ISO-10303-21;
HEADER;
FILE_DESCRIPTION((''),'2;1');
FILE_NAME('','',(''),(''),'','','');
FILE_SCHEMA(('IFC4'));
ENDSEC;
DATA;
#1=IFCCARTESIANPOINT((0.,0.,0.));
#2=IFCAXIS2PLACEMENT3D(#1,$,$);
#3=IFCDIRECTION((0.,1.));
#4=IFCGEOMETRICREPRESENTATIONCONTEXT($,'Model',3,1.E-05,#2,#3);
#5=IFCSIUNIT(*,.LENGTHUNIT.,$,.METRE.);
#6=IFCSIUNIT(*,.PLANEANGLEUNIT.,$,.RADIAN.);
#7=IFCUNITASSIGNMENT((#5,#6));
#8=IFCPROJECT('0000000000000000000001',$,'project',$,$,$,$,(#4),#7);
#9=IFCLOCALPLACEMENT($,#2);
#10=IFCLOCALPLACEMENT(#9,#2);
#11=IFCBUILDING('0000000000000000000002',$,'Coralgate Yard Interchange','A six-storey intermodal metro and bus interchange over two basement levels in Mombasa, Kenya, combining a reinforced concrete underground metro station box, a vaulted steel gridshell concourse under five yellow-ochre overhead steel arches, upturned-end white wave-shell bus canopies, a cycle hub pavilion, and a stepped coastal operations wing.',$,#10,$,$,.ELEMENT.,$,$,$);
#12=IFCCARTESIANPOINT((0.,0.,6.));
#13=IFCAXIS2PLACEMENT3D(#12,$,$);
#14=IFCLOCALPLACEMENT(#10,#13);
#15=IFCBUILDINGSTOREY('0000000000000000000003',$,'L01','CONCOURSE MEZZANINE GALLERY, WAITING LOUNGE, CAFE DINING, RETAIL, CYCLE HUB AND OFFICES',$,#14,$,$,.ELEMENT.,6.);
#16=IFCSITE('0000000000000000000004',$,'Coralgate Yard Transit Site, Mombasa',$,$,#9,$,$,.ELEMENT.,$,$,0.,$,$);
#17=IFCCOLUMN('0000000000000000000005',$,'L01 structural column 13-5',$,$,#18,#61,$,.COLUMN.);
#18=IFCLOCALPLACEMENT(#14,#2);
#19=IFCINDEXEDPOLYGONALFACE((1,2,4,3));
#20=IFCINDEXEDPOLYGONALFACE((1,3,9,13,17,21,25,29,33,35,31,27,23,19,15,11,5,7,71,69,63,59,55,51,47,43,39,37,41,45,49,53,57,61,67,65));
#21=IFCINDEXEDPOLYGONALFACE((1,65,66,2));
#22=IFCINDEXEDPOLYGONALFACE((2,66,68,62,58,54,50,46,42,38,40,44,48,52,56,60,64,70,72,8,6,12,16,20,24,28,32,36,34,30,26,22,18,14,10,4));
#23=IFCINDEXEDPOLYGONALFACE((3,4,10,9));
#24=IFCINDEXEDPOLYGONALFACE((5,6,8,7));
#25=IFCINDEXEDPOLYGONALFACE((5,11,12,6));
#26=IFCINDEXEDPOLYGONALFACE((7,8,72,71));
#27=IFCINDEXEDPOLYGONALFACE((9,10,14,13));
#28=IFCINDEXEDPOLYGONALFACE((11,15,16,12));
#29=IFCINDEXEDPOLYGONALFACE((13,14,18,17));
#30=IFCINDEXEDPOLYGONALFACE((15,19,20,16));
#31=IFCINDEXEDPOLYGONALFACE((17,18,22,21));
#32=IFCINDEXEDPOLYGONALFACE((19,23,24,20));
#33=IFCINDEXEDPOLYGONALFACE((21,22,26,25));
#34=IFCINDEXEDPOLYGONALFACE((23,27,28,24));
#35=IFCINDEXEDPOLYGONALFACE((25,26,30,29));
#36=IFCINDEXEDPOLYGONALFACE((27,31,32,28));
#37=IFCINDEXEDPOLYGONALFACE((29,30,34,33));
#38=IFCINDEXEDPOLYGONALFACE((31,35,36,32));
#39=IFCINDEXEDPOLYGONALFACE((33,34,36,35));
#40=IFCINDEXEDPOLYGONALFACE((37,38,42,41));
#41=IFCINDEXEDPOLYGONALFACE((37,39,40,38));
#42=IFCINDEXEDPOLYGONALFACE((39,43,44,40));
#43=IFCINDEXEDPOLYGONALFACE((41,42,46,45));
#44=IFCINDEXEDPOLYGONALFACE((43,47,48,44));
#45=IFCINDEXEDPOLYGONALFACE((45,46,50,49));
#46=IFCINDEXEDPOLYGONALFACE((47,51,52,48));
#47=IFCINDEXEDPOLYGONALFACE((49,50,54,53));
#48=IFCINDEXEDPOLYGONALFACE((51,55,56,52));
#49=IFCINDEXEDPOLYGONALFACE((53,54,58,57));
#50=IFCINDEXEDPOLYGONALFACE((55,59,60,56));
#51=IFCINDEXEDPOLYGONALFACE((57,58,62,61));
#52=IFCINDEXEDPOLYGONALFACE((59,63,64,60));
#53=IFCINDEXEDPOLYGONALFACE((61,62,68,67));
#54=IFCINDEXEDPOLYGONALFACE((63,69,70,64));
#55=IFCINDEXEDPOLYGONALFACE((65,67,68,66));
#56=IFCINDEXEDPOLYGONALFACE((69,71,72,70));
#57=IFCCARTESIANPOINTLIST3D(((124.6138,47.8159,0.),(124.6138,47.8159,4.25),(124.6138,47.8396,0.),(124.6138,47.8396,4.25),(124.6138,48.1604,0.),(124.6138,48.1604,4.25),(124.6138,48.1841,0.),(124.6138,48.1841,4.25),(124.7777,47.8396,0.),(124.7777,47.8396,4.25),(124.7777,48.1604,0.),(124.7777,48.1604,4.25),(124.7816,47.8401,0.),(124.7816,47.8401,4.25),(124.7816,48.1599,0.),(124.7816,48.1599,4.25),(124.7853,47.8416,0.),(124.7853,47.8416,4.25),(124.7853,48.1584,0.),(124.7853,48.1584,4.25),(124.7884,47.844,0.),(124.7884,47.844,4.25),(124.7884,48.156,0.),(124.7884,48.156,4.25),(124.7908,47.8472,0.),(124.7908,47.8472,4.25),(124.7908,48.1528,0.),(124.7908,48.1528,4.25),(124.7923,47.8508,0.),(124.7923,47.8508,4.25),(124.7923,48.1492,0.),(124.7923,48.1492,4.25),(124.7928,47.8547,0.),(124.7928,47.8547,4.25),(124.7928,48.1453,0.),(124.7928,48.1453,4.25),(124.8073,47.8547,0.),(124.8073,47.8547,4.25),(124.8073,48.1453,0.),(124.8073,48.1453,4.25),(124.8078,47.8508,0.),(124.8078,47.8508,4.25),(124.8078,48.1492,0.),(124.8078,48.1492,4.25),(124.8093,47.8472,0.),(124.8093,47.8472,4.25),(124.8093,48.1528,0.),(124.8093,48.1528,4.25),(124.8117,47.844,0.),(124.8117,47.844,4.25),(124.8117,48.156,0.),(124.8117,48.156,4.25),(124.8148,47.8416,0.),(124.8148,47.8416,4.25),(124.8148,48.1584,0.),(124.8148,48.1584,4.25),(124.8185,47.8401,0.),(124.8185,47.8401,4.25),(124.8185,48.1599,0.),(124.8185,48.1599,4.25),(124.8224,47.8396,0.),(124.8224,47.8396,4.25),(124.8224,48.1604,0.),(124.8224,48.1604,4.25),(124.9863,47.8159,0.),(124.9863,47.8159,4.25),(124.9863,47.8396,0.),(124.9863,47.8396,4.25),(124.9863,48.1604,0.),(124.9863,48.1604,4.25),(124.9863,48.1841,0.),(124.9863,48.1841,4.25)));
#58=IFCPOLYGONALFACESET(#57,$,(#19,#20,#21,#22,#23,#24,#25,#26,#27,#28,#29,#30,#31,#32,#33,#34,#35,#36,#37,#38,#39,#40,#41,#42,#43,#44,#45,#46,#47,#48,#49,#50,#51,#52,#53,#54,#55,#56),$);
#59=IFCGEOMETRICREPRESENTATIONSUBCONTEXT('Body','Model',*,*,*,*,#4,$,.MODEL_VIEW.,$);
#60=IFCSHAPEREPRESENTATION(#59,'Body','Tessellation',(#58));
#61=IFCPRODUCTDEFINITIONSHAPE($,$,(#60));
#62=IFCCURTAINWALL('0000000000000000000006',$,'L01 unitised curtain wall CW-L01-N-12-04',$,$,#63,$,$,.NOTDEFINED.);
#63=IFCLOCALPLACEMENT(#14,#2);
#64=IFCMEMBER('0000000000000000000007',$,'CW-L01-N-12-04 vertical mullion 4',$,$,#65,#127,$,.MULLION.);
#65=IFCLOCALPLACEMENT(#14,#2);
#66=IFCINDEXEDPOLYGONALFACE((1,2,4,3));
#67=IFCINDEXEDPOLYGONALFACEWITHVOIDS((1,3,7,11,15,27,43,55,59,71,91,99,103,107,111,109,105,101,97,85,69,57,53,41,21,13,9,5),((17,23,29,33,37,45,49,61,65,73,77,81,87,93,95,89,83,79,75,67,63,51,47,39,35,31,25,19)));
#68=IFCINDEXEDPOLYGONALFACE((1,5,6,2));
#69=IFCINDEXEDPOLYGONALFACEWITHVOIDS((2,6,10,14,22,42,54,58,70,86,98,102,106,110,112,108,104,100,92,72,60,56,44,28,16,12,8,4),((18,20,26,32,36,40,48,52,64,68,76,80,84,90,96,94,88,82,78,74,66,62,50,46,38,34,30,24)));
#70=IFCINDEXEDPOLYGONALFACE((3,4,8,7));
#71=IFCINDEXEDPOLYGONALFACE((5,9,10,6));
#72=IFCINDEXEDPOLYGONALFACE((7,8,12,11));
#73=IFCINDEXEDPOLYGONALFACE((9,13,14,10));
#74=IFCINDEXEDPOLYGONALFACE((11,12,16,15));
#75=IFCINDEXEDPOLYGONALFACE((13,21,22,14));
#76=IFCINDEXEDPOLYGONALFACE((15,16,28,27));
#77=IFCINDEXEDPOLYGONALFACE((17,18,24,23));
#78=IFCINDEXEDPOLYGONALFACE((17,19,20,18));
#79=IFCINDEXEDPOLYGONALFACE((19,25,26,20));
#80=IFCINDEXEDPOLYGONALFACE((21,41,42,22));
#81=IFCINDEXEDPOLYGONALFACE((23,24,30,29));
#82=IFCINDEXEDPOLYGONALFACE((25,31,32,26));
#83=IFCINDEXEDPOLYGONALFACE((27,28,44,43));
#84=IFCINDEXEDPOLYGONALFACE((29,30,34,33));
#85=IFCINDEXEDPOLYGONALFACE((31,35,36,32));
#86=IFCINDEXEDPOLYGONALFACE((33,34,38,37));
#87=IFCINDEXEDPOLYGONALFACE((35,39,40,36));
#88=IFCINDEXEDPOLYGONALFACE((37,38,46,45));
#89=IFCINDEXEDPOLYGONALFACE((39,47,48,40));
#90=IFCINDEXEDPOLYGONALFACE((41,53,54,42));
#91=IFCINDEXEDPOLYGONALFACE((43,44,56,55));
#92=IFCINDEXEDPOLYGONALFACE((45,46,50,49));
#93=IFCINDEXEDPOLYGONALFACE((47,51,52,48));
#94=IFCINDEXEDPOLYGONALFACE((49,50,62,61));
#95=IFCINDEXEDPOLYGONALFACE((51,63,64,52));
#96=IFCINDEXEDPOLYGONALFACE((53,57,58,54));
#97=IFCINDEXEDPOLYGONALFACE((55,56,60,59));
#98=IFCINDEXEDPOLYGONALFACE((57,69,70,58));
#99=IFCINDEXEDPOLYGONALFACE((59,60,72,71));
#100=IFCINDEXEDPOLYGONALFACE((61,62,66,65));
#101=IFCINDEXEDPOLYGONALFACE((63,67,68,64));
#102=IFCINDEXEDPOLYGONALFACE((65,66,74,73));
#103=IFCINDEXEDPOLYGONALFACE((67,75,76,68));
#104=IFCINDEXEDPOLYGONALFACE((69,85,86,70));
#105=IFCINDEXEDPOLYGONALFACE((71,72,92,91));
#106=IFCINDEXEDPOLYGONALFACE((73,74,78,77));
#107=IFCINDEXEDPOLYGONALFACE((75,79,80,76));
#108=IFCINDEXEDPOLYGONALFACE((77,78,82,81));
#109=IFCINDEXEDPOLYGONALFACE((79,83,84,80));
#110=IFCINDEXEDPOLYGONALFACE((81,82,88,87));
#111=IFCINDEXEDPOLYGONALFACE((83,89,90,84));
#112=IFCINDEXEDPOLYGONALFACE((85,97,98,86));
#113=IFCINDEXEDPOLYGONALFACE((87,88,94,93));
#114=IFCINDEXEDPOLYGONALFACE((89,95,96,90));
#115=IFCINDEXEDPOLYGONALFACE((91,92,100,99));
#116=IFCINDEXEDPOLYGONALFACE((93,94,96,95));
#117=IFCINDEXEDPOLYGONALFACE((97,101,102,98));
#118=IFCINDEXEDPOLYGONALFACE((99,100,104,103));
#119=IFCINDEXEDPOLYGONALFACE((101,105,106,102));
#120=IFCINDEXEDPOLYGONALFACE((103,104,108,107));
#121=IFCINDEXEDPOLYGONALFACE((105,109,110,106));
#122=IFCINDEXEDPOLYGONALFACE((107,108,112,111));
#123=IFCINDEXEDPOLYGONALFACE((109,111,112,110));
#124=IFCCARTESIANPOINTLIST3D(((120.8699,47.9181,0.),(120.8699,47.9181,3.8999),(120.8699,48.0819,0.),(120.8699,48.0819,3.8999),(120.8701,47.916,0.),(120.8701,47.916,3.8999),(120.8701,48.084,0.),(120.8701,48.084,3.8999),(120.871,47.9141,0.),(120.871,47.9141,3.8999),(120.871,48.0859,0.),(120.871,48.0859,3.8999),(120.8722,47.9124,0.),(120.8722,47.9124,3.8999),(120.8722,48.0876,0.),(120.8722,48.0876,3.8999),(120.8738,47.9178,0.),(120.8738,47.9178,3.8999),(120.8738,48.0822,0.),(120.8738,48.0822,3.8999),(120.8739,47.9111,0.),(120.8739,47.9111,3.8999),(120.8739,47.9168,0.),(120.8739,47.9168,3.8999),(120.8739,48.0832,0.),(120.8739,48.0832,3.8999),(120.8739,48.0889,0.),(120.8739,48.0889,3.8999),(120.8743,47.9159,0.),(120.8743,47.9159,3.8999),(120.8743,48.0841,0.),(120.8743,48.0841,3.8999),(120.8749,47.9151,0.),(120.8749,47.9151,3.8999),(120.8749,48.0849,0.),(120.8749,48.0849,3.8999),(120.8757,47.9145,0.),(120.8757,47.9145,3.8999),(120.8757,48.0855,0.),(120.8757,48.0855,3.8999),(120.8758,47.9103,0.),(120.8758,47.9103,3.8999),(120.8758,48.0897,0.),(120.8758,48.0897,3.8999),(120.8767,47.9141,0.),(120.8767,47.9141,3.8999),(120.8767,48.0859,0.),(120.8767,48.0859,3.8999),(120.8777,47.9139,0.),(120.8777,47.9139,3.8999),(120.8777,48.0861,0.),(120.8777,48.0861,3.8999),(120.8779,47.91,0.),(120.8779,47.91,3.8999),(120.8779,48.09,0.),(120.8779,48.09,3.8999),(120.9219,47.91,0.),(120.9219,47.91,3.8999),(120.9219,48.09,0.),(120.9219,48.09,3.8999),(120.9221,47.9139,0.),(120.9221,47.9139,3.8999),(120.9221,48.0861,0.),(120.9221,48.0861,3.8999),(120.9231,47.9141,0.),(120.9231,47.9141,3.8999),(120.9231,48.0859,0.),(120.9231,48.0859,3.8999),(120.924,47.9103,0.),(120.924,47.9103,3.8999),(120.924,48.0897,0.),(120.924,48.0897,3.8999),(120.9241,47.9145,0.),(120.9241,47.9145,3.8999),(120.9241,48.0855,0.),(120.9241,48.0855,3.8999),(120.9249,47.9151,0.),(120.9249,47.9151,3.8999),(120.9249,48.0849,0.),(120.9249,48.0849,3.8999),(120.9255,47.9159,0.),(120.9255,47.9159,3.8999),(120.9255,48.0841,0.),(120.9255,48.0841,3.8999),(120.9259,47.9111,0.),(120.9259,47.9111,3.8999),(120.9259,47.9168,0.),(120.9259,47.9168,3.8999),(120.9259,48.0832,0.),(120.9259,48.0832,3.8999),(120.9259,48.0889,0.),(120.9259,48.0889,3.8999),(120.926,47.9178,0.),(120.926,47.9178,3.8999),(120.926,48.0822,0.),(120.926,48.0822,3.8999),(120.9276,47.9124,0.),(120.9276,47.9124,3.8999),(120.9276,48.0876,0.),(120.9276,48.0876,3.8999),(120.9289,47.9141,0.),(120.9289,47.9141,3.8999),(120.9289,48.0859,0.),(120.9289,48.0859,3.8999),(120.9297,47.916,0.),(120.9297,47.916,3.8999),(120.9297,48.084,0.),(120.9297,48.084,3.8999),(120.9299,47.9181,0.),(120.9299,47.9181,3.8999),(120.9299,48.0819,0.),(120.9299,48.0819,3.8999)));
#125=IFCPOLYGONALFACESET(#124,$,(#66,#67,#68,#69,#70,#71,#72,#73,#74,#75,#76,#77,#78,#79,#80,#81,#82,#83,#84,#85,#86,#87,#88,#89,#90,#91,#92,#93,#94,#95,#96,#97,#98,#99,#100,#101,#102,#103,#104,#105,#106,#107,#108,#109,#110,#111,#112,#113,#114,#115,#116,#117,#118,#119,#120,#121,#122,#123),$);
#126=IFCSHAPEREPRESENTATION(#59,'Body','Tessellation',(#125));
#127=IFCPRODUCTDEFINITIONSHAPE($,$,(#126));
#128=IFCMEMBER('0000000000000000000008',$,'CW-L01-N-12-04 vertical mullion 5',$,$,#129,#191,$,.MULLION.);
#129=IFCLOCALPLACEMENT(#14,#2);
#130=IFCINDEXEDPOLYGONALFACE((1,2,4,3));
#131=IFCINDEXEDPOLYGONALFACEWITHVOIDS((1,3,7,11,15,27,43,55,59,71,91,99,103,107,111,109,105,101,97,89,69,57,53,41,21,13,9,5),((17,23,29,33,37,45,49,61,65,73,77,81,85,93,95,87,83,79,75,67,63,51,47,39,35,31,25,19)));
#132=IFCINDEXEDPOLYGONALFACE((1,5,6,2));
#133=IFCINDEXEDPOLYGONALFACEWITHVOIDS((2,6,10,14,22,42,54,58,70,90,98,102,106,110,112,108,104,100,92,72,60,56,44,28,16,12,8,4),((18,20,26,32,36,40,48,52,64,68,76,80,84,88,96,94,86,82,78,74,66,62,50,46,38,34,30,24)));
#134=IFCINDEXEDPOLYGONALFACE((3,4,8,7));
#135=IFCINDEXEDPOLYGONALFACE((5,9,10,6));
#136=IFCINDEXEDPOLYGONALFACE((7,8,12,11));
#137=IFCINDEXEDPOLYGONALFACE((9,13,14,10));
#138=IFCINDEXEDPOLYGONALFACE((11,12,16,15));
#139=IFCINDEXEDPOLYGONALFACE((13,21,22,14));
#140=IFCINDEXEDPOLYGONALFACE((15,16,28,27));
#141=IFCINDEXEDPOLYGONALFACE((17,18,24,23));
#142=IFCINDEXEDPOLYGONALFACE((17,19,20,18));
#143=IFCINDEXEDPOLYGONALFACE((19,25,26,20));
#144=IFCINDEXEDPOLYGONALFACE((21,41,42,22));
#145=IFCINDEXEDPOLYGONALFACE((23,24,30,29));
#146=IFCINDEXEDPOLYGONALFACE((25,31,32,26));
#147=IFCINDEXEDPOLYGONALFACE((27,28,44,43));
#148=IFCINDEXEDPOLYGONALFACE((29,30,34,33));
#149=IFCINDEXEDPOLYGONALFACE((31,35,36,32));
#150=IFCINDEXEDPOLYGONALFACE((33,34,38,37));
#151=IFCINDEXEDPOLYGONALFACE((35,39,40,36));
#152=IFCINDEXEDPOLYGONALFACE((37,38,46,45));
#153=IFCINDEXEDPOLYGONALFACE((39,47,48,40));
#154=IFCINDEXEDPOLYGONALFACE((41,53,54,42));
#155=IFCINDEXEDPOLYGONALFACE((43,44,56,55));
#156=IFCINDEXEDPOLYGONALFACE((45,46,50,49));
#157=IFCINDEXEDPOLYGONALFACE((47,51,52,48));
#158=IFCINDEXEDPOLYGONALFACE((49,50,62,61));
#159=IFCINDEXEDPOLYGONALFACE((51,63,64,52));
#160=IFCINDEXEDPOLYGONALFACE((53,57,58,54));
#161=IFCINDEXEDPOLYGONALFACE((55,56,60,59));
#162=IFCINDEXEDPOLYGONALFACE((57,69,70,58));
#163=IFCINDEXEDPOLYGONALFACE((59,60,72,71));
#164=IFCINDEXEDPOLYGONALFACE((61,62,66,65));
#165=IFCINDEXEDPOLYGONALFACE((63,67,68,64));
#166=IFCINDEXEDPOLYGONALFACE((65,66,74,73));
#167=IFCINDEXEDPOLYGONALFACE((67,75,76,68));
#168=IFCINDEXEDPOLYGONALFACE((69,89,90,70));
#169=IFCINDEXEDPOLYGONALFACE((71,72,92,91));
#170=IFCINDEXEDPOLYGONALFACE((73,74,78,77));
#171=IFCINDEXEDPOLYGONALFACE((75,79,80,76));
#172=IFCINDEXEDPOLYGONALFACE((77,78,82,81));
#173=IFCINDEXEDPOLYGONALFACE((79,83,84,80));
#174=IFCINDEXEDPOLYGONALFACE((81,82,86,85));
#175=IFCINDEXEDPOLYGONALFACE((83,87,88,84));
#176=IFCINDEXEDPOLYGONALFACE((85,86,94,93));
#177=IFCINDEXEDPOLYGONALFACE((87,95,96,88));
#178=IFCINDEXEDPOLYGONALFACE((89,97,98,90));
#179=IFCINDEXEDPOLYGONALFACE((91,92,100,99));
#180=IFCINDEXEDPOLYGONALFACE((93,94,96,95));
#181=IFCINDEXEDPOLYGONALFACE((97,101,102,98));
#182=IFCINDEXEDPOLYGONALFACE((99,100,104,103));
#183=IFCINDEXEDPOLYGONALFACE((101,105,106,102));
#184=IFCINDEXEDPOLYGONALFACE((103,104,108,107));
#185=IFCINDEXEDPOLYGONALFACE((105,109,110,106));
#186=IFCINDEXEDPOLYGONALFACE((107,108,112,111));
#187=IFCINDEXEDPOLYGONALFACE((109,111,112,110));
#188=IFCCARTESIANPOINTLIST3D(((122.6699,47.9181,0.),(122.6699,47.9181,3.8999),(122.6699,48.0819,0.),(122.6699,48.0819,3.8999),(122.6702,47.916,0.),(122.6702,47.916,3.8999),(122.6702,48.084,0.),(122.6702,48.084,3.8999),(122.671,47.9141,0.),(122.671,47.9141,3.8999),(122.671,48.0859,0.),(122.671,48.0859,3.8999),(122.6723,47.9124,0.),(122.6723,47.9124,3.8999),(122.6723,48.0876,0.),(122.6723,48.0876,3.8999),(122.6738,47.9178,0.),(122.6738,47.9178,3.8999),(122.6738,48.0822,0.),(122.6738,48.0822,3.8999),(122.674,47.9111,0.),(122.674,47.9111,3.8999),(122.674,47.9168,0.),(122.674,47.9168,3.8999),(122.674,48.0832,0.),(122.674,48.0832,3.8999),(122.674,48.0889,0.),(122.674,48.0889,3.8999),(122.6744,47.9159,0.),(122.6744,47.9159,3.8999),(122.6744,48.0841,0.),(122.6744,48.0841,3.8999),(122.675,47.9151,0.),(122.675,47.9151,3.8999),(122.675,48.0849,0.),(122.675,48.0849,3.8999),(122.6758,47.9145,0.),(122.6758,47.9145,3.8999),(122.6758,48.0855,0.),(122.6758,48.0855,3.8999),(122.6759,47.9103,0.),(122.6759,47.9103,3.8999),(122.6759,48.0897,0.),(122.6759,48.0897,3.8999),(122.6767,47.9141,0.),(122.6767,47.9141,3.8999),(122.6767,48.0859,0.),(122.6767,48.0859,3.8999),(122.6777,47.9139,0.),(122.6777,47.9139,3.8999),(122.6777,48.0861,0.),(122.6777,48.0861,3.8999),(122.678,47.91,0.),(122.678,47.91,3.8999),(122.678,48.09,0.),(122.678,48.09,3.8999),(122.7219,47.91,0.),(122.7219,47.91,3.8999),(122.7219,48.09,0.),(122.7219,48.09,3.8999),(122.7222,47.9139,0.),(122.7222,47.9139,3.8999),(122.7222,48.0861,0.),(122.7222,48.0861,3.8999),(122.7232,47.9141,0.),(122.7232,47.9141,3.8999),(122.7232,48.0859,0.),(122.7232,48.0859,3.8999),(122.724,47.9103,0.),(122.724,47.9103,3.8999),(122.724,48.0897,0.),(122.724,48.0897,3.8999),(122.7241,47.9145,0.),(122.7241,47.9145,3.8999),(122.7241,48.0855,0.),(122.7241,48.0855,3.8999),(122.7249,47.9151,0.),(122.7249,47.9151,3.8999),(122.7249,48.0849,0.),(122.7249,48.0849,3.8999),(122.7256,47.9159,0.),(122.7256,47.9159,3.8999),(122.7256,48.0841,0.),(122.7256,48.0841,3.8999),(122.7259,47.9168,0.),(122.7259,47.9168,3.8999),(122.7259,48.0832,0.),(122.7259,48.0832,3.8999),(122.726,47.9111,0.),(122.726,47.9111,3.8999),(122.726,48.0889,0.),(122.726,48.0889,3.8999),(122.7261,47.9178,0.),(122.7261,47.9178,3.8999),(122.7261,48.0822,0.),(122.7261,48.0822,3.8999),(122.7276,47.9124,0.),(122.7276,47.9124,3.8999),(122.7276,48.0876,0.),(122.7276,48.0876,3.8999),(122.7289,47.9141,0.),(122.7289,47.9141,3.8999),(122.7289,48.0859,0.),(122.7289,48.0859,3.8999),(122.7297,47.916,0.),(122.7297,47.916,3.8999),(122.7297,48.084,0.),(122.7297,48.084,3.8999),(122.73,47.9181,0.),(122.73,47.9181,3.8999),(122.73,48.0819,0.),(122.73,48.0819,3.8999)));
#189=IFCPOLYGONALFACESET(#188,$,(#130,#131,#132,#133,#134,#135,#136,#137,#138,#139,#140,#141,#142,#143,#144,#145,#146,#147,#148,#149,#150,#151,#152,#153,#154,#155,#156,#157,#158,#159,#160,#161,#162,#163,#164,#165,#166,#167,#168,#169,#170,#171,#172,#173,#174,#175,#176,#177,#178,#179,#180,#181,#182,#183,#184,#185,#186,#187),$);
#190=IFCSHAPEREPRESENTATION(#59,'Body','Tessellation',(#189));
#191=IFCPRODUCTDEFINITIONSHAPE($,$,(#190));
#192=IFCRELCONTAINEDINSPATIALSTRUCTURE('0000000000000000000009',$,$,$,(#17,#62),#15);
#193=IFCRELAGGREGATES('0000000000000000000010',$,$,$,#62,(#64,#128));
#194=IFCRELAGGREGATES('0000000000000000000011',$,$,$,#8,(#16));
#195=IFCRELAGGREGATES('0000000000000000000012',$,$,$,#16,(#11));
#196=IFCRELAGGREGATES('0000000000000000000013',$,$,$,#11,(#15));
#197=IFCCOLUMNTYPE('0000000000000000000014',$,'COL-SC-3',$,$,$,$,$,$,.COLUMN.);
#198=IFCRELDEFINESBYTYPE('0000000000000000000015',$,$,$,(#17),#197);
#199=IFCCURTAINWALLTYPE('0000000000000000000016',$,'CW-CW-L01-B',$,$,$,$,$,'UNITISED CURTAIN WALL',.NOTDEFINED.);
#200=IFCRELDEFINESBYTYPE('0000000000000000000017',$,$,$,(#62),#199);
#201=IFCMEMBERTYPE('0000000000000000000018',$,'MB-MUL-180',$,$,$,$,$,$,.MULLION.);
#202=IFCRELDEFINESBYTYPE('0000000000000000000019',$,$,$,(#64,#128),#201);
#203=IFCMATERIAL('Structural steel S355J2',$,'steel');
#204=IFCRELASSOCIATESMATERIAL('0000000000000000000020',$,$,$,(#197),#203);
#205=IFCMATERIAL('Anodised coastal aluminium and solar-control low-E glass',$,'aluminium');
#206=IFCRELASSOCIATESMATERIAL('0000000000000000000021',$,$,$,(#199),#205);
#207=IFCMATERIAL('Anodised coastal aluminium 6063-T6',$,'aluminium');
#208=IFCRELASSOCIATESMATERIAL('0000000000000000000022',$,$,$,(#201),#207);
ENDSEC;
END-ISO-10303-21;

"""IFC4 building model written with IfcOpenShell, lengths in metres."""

from ifc_helpers import new_model, si_unit, direction, frame, origin, origin_2d, place, context, subcontext, project, spatial, hollow_rectangle, i_section, extrude, material, material_profile, profile_set, type_object, element, aggregate, save


model = new_model("IFC4")

# Units and contexts
model_context = context("Model", 3, precision=1e-05, world=origin(), true_north=direction((0.0, 1.0)))
body_context = subcontext(model_context, "Body", "Model", "MODEL_VIEW")
ifc_project = project(units=[si_unit("LENGTHUNIT", "METRE"), si_unit("PLANEANGLEUNIT", "RADIAN")], contexts=[model_context])

# Site, building, storey
site_placement = place(None, origin())
site = spatial("IfcSite", under=ifc_project, at=site_placement, Name="Coralgate Yard Transit Site, Mombasa", CompositionType="ELEMENT", RefElevation=0.0)
building_placement = place(site_placement, origin())
building = spatial("IfcBuilding", under=site, at=building_placement, Name="Coralgate Yard Interchange", Description="A six-storey intermodal metro and bus interchange over two basement levels in Mombasa, Kenya, combining a reinforced concrete underground metro station box, a vaulted steel gridshell concourse under five yellow-ochre overhead steel arches, upturned-end white wave-shell bus canopies, a cycle hub pavilion, and a stepped coastal operations wing.", CompositionType="ELEMENT")
storey_placement = place(building_placement, frame((0.0, 0.0, 6.0)))
storey = spatial("IfcBuildingStorey", under=building, at=storey_placement, Name="L01", Description="CONCOURSE MEZZANINE GALLERY, WAITING LOUNGE, CAFE DINING, RETAIL, CYCLE HUB AND OFFICES", CompositionType="ELEMENT", Elevation=6.0)

# Column
ifc_material_1 = material(Name="Structural steel S355J2", Category="steel")
ifc_material_profile_1 = material_profile(ifc_material_1, i_section(OverallWidth=0.3726, OverallDepth=0.3682, WebThickness=0.0144, FlangeThickness=0.0237, FilletRadius=0.0151, at=origin_2d()), Name="UC 356x368x177")
ifc_profile_set_1 = profile_set([ifc_material_profile_1], Name="Structural steel S355J2")
column_type = type_object("IfcColumnType", Name="COL-SC-3", PredefinedType="COLUMN", material=ifc_profile_set_1)
column_placement = place(storey_placement, frame((124.8, 48.0, 0.0), z_axis=(0.0, 0.0, 1.0), x_axis=(1.0, 0.0, 0.0)))
element("IfcColumn", 1, at=column_placement, inside=storey, type_object=column_type, Name="L01 structural column 13-5", PredefinedType="COLUMN", context=body_context, shape_type="SweptSolid", body=[
    extrude(i_section(OverallWidth=0.3726, OverallDepth=0.3682, WebThickness=0.0144, FlangeThickness=0.0237, FilletRadius=0.0151, at=origin_2d()), origin(), (0.0, 0.0, 1.0), 4.25),
])

# Curtain wall, members
ifc_material_2 = material(Name="Anodised coastal aluminium and solar-control low-E glass", Category="aluminium")
curtain_wall_type_1 = type_object("IfcCurtainWallType", Name="CW-CW-L01-B", ElementType="UNITISED CURTAIN WALL", PredefinedType="NOTDEFINED", material=ifc_material_2)
curtain_wall_1_placement = place(storey_placement, origin())
curtain_wall_1 = element("IfcCurtainWall", 2, at=curtain_wall_1_placement, inside=storey, type_object=curtain_wall_type_1, Name="L01 unitised curtain wall CW-L01-N-12-04", PredefinedType="NOTDEFINED")
ifc_material_3 = material(Name="Anodised coastal aluminium 6063-T6", Category="aluminium")
ifc_material_profile_2 = material_profile(ifc_material_3, hollow_rectangle(XDim=0.0601, YDim=0.1799, WallThickness=0.0039, InnerFilletRadius=0.0039, OuterFilletRadius=0.0081, at=origin_2d()), Name="ALU 60x180x4")
ifc_profile_set_2 = profile_set([ifc_material_profile_2], Name="Anodised coastal aluminium 6063-T6")
member_type_1 = type_object("IfcMemberType", Name="MB-MUL-180", PredefinedType="MULLION", material=ifc_profile_set_2)
member_1_placement = place(storey_placement, frame((120.8999, 48.0, 0.0), z_axis=(0.0, 0.0, 1.0), x_axis=(1.0, 0.0, 0.0)))
member_1 = element("IfcMember", 3, at=member_1_placement, type_object=member_type_1, Name="CW-L01-N-12-04 vertical mullion 4", PredefinedType="MULLION", context=body_context, shape_type="SweptSolid", body=[
    extrude(hollow_rectangle(XDim=0.0601, YDim=0.1799, WallThickness=0.0039, InnerFilletRadius=0.0039, OuterFilletRadius=0.0081, at=origin_2d()), origin(), (0.0, 0.0, 1.0), 3.8999),
])
member_2_placement = place(storey_placement, frame((122.7, 48.0, 0.0), z_axis=(0.0, 0.0, 1.0), x_axis=(1.0, 0.0, 0.0)))
member_2 = element("IfcMember", 4, at=member_2_placement, type_object=member_type_1, Name="CW-L01-N-12-04 vertical mullion 5", PredefinedType="MULLION", context=body_context, shape_type="SweptSolid", body=[
    extrude(hollow_rectangle(XDim=0.0601, YDim=0.1799, WallThickness=0.0039, InnerFilletRadius=0.0039, OuterFilletRadius=0.0081, at=origin_2d()), origin(), (0.0, 0.0, 1.0), 3.8999),
])

aggregate(curtain_wall_1, [member_1, member_2])

save(model, "model.ifc")
